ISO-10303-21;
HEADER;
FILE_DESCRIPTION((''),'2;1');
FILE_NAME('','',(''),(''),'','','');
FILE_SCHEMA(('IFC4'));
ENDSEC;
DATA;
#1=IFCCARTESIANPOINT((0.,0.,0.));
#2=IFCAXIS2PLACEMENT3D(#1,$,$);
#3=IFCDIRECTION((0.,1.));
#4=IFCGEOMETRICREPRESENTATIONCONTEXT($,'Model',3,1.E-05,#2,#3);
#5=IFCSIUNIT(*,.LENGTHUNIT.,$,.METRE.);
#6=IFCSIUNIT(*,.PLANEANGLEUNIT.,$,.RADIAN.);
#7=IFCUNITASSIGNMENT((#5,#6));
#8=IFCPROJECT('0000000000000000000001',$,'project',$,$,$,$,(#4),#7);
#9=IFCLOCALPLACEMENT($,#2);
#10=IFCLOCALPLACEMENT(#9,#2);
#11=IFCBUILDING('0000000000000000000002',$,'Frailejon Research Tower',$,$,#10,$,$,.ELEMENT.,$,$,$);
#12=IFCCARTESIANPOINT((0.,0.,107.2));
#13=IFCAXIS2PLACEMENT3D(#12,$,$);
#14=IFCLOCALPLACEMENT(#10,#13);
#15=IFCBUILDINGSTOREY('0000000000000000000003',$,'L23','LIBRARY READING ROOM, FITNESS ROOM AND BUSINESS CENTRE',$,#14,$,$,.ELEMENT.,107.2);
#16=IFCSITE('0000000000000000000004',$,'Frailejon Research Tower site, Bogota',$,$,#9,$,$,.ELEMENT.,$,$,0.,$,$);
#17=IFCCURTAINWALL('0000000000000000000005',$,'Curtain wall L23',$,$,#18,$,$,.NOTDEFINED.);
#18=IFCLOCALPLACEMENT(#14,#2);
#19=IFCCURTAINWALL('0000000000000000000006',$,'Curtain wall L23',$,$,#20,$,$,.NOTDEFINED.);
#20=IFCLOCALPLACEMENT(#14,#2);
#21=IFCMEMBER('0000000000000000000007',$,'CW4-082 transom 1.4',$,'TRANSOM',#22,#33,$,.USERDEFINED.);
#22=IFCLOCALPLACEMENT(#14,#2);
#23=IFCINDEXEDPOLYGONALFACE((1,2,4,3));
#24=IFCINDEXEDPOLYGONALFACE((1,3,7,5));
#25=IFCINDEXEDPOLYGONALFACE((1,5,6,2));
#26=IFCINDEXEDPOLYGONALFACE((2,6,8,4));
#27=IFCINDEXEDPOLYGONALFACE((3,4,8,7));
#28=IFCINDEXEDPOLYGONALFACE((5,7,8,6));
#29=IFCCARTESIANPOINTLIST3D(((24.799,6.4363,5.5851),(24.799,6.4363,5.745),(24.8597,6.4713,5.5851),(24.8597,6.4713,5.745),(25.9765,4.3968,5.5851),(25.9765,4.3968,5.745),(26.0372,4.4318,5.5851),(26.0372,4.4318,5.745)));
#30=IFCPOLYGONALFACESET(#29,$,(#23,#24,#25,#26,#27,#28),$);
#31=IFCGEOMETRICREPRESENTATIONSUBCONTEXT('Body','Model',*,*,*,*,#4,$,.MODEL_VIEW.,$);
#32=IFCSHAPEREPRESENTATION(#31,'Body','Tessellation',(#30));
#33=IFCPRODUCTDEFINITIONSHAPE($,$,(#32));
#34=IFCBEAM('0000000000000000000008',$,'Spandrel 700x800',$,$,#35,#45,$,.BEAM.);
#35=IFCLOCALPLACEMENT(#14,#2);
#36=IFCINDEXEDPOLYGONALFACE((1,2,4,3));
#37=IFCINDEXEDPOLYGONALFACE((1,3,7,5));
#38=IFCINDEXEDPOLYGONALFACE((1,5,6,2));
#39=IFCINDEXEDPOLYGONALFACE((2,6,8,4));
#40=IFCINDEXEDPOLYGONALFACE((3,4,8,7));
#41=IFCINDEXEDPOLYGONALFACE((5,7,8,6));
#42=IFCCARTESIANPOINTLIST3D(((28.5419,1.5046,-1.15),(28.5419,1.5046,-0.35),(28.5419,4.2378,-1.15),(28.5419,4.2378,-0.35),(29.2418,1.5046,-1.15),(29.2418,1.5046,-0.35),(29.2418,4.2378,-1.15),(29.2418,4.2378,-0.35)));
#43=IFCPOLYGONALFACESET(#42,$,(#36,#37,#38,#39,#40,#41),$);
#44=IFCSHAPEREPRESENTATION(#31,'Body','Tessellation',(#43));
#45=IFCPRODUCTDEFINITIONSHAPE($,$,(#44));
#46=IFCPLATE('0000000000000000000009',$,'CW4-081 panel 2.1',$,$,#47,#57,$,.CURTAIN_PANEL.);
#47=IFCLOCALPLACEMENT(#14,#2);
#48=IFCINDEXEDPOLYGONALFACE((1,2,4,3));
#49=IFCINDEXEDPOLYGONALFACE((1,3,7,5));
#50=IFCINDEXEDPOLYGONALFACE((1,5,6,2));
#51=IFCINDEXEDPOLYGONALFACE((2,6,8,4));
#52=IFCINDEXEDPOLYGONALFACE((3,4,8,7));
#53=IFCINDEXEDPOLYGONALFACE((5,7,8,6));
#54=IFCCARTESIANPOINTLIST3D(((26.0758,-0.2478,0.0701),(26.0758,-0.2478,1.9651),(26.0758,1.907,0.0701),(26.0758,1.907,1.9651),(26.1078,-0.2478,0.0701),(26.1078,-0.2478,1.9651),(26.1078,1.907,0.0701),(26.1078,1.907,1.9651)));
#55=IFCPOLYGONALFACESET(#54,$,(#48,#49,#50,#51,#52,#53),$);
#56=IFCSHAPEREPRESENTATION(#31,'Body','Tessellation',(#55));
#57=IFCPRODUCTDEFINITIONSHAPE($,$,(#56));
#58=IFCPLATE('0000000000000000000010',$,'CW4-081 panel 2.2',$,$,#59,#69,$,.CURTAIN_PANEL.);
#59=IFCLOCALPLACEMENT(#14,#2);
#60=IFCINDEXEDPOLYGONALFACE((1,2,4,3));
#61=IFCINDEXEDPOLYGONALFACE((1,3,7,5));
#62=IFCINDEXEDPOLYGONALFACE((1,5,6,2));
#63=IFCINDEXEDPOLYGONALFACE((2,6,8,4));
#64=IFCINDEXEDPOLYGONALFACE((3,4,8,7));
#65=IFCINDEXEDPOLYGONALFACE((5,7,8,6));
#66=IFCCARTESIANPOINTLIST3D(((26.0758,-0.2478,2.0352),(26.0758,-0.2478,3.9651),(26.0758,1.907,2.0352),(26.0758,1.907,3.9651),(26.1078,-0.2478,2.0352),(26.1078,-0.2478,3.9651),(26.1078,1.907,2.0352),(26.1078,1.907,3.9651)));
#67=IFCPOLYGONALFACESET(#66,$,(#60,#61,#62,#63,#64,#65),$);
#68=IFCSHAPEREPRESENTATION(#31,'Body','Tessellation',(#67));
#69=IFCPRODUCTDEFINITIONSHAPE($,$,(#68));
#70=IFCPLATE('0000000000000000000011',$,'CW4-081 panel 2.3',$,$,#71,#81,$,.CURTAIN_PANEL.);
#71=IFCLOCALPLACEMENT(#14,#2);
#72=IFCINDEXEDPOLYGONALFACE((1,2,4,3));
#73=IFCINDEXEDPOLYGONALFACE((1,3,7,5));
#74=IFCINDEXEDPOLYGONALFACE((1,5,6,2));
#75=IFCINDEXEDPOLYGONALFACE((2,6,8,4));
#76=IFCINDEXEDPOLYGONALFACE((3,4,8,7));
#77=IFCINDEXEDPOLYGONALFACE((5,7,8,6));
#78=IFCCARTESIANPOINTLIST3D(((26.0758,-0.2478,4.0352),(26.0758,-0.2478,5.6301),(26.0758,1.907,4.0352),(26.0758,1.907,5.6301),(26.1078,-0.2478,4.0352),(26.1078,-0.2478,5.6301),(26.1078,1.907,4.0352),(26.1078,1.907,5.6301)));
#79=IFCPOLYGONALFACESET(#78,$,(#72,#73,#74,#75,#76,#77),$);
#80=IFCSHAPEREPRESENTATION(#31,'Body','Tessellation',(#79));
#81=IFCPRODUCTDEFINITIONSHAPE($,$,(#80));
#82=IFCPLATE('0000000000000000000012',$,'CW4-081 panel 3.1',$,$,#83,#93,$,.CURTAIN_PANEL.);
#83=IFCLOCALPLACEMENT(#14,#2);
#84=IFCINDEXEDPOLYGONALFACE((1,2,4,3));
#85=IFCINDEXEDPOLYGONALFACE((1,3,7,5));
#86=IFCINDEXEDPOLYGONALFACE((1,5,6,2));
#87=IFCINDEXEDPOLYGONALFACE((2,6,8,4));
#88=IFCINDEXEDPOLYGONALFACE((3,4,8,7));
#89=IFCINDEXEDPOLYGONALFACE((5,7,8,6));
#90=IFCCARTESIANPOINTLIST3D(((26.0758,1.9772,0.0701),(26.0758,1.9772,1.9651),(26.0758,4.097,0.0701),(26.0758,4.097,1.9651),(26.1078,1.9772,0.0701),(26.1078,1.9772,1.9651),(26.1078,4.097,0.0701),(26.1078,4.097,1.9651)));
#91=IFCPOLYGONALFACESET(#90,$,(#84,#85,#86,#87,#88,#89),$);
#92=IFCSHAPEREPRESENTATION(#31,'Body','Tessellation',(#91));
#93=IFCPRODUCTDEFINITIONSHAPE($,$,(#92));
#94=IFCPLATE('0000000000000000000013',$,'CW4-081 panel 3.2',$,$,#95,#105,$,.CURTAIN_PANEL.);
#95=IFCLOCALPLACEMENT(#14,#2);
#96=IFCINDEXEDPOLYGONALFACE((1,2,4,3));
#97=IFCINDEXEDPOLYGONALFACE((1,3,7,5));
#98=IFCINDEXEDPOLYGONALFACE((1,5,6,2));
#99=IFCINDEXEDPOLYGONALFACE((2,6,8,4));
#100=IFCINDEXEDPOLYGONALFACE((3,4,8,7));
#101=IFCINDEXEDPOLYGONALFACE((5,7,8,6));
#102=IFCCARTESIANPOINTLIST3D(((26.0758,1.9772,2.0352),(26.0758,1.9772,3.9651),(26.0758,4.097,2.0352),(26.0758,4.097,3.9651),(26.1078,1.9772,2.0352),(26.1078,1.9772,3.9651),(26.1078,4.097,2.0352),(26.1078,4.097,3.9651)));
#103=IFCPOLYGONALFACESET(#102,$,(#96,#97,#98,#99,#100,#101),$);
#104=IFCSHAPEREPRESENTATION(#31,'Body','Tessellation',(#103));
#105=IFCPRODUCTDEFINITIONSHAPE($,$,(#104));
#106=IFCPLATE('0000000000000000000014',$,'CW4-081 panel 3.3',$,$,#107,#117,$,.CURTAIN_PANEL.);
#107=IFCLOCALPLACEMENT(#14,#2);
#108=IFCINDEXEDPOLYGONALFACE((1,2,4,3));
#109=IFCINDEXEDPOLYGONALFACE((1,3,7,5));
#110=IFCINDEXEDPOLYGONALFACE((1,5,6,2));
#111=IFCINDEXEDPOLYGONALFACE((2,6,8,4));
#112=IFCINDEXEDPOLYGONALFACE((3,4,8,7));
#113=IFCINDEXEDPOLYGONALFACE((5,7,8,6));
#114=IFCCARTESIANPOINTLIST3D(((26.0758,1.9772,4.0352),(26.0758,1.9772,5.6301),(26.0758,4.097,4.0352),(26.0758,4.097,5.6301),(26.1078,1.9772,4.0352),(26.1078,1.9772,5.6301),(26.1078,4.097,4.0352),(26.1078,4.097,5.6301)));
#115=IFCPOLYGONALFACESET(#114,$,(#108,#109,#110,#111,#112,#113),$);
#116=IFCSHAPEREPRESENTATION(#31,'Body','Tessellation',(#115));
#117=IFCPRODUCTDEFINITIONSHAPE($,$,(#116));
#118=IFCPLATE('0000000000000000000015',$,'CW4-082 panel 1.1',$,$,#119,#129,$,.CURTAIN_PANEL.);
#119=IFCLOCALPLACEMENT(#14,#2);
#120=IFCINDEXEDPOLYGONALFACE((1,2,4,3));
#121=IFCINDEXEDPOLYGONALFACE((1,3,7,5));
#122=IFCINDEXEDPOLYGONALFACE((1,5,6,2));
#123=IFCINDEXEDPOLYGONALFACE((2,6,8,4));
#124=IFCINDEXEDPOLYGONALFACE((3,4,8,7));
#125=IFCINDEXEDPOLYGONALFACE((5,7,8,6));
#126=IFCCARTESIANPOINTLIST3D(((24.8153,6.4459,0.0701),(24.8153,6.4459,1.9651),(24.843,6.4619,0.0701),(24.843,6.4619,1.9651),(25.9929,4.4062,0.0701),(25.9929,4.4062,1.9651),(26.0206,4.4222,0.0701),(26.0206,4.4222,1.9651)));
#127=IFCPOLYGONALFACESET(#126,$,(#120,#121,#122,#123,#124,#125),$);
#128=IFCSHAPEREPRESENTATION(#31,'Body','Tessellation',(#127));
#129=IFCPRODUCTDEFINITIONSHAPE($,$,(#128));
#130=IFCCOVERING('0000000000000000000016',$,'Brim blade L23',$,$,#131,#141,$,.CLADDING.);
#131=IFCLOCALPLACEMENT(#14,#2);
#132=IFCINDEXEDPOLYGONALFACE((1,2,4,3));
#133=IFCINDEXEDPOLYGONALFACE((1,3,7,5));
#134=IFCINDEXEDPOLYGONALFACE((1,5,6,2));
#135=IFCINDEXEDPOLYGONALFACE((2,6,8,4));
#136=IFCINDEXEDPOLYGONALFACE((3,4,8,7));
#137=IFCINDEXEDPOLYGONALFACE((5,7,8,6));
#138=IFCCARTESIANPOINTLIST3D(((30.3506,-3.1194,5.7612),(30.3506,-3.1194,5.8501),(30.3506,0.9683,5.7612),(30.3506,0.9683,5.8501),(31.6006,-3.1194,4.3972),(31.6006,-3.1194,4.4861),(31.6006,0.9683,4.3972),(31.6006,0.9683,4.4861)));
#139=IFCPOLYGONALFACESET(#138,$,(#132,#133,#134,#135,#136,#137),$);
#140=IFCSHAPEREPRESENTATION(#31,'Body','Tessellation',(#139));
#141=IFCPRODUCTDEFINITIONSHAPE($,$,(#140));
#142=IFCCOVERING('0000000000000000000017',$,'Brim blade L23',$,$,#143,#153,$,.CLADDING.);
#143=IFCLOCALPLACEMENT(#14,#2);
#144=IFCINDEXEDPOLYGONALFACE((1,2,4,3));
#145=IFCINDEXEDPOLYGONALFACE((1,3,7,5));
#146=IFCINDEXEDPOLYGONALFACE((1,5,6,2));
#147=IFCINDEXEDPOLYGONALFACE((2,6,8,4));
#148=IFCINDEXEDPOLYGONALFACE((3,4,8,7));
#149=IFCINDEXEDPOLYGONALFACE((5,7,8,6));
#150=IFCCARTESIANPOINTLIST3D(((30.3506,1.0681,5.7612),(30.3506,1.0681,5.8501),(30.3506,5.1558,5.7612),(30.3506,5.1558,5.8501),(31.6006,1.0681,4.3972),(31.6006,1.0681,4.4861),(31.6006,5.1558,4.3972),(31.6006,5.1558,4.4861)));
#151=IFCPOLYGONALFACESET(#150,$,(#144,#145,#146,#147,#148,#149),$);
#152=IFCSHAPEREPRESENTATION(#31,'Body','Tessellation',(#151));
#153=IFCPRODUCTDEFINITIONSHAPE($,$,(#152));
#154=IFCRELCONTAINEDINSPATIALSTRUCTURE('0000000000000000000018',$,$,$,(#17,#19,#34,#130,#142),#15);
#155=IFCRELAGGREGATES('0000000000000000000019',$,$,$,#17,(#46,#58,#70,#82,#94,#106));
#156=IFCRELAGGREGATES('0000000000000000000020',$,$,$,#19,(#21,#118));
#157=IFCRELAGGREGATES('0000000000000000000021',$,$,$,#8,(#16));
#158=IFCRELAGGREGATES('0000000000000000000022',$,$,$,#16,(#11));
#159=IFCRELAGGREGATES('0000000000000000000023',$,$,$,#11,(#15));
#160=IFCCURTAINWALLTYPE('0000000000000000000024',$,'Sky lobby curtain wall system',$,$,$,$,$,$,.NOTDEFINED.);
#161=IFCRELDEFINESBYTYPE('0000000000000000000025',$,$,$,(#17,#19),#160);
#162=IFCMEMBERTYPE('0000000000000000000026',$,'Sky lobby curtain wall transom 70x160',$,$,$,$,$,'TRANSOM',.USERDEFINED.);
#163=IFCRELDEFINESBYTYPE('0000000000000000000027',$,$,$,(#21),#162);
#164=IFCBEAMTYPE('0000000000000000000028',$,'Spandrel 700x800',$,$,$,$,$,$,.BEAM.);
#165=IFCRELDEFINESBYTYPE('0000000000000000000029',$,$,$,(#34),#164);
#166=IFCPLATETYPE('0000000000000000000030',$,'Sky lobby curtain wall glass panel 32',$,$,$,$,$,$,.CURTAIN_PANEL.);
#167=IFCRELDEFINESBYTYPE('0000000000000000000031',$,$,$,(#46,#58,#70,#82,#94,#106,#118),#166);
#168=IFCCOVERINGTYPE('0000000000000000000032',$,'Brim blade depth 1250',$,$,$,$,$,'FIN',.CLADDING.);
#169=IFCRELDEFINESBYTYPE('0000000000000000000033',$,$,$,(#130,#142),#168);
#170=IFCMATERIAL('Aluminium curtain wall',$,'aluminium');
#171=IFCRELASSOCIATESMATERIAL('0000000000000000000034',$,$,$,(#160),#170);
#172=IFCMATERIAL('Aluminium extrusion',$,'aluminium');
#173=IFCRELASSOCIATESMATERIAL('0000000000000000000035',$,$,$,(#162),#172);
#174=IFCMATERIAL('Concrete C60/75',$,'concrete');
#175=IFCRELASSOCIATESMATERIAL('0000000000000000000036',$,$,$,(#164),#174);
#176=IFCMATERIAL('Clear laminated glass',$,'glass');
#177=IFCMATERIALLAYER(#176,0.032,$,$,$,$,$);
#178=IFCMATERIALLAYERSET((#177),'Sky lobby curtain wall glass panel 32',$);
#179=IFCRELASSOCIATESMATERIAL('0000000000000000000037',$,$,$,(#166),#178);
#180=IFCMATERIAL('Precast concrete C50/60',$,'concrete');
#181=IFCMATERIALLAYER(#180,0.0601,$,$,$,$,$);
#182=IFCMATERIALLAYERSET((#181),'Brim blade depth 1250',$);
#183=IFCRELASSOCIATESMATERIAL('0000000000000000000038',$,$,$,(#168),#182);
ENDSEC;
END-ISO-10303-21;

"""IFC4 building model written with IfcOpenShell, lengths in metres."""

from ifc_helpers import new_model, si_unit, direction, frame, origin, origin_2d, place, context, subcontext, project, spatial, polyline, rectangle, outline, extrude, material, layer, layer_set, material_profile, profile_set, type_object, element, aggregate, save


model = new_model("IFC4")

# Units and contexts
model_context = context("Model", 3, precision=1e-05, world=origin(), true_north=direction((0.0, 1.0)))
body_context = subcontext(model_context, "Body", "Model", "MODEL_VIEW")
ifc_project = project(units=[si_unit("LENGTHUNIT", "METRE"), si_unit("PLANEANGLEUNIT", "RADIAN")], contexts=[model_context])

# Site, building, storey
site_placement = place(None, origin())
site = spatial("IfcSite", under=ifc_project, at=site_placement, Name="Frailejon Research Tower site, Bogota", CompositionType="ELEMENT", RefElevation=0.0)
building_placement = place(site_placement, origin())
building = spatial("IfcBuilding", under=site, at=building_placement, Name="Frailejon Research Tower", CompositionType="ELEMENT")
storey_placement = place(building_placement, frame((0.0, 0.0, 107.2)))
storey = spatial("IfcBuildingStorey", under=building, at=storey_placement, Name="L23", Description="LIBRARY READING ROOM, FITNESS ROOM AND BUSINESS CENTRE", CompositionType="ELEMENT", Elevation=107.2)

# Curtain wall
ifc_material_1 = material(Name="Aluminium curtain wall", Category="aluminium")
curtain_wall_type = type_object("IfcCurtainWallType", Name="Sky lobby curtain wall system", PredefinedType="NOTDEFINED", material=ifc_material_1)
curtain_wall_1_placement = place(storey_placement, origin())
curtain_wall_1 = element("IfcCurtainWall", 1, at=curtain_wall_1_placement, inside=storey, type_object=curtain_wall_type, Name="Curtain wall L23", PredefinedType="NOTDEFINED")

# Curtain wall
curtain_wall_2_placement = place(storey_placement, origin())
curtain_wall_2 = element("IfcCurtainWall", 2, at=curtain_wall_2_placement, inside=storey, type_object=curtain_wall_type, Name="Curtain wall L23", PredefinedType="NOTDEFINED")

# Member
ifc_material_2 = material(Name="Aluminium extrusion", Category="aluminium")
ifc_material_profile_1 = material_profile(ifc_material_2, rectangle(XDim=0.0701, YDim=0.1599, at=origin_2d()), Name="Sky lobby curtain wall transom 70x160")
ifc_profile_set_1 = profile_set([ifc_material_profile_1], Name="Aluminium extrusion")
member_type_1 = type_object("IfcMemberType", Name="Sky lobby curtain wall transom 70x160", ElementType="TRANSOM", PredefinedType="USERDEFINED", material=ifc_profile_set_1)
member_1_placement = place(storey_placement, frame((26.0068, 4.4143, 5.665), z_axis=(-0.499986, 0.866034, 0.0), x_axis=(-0.866034, -0.499986, 0.0)))
member_1 = element("IfcMember", 3, at=member_1_placement, type_object=member_type_1, Name="CW4-082 transom 1.4", ObjectType="TRANSOM", PredefinedType="USERDEFINED", context=body_context, shape_type="SweptSolid", body=[
    extrude(rectangle(XDim=0.0701, YDim=0.1599, at=origin_2d()), origin(), (0.0, 0.0, 1.0), 2.355),
])

# Beam
ifc_material_3 = material(Name="Concrete C60/75", Category="concrete")
ifc_material_profile_2 = material_profile(ifc_material_3, rectangle(XDim=0.7, YDim=0.8, at=origin_2d()), Name="Spandrel 700x800")
ifc_profile_set_2 = profile_set([ifc_material_profile_2], Name="Concrete C60/75")
beam_type_1 = type_object("IfcBeamType", Name="Spandrel 700x800", PredefinedType="BEAM", material=ifc_profile_set_2)
beam_1_placement = place(storey_placement, frame((28.8918, 1.5046, -0.75), z_axis=(0.0, 1.0, 0.0), x_axis=(-1.0, 0.0, 0.0)))
element("IfcBeam", 4, at=beam_1_placement, inside=storey, type_object=beam_type_1, Name="Spandrel 700x800", PredefinedType="BEAM", context=body_context, shape_type="SweptSolid", body=[
    extrude(rectangle(XDim=0.7, YDim=0.8, at=origin_2d()), origin(), (0.0, 0.0, 1.0), 2.7332),
])

# Plates
ifc_material_4 = material(Name="Clear laminated glass", Category="glass")
ifc_layer_1 = layer(ifc_material_4, 0.032)
ifc_layer_set_1 = layer_set([ifc_layer_1], Name="Sky lobby curtain wall glass panel 32")
plate_type = type_object("IfcPlateType", Name="Sky lobby curtain wall glass panel 32", PredefinedType="CURTAIN_PANEL", material=ifc_layer_set_1)
plate_1_placement = place(storey_placement, frame((26.0918, 0.8296, 0.0701), z_axis=(0.0, 0.0, 1.0), x_axis=(0.0, 1.0, 0.0)))
plate_1 = element("IfcPlate", 5, at=plate_1_placement, type_object=plate_type, Name="CW4-081 panel 2.1", PredefinedType="CURTAIN_PANEL", context=body_context, shape_type="SweptSolid", body=[
    extrude(rectangle(XDim=2.1548, YDim=0.032, at=origin_2d()), origin(), (0.0, 0.0, 1.0), 1.895),
])
plate_2_placement = place(storey_placement, frame((26.0918, 0.8296, 2.0352), z_axis=(0.0, 0.0, 1.0), x_axis=(0.0, 1.0, 0.0)))
plate_2 = element("IfcPlate", 6, at=plate_2_placement, type_object=plate_type, Name="CW4-081 panel 2.2", PredefinedType="CURTAIN_PANEL", context=body_context, shape_type="SweptSolid", body=[
    extrude(rectangle(XDim=2.1548, YDim=0.032, at=origin_2d()), origin(), (0.0, 0.0, 1.0), 1.9299),
])
plate_3_placement = place(storey_placement, frame((26.0918, 0.8296, 4.0352), z_axis=(0.0, 0.0, 1.0), x_axis=(0.0, 1.0, 0.0)))
plate_3 = element("IfcPlate", 7, at=plate_3_placement, type_object=plate_type, Name="CW4-081 panel 2.3", PredefinedType="CURTAIN_PANEL", context=body_context, shape_type="SweptSolid", body=[
    extrude(rectangle(XDim=2.1548, YDim=0.032, at=origin_2d()), origin(), (0.0, 0.0, 1.0), 1.595),
])
plate_4_placement = place(storey_placement, frame((26.0918, 3.0371, 0.0701), z_axis=(0.0, 0.0, 1.0), x_axis=(0.0, 1.0, 0.0)))
plate_4 = element("IfcPlate", 8, at=plate_4_placement, type_object=plate_type, Name="CW4-081 panel 3.1", PredefinedType="CURTAIN_PANEL", context=body_context, shape_type="SweptSolid", body=[
    extrude(rectangle(XDim=2.1199, YDim=0.032, at=origin_2d()), origin(), (0.0, 0.0, 1.0), 1.895),
])
plate_5_placement = place(storey_placement, frame((26.0918, 3.0371, 2.0352), z_axis=(0.0, 0.0, 1.0), x_axis=(0.0, 1.0, 0.0)))
plate_5 = element("IfcPlate", 9, at=plate_5_placement, type_object=plate_type, Name="CW4-081 panel 3.2", PredefinedType="CURTAIN_PANEL", context=body_context, shape_type="SweptSolid", body=[
    extrude(rectangle(XDim=2.1199, YDim=0.032, at=origin_2d()), origin(), (0.0, 0.0, 1.0), 1.9299),
])
plate_6_placement = place(storey_placement, frame((26.0918, 3.0371, 4.0352), z_axis=(0.0, 0.0, 1.0), x_axis=(0.0, 1.0, 0.0)))
plate_6 = element("IfcPlate", 10, at=plate_6_placement, type_object=plate_type, Name="CW4-081 panel 3.3", PredefinedType="CURTAIN_PANEL", context=body_context, shape_type="SweptSolid", body=[
    extrude(rectangle(XDim=2.1199, YDim=0.032, at=origin_2d()), origin(), (0.0, 0.0, 1.0), 1.595),
])
aggregate(curtain_wall_1, [plate_1, plate_2, plate_3, plate_4, plate_5, plate_6])
plate_7_placement = place(storey_placement, frame((25.418, 5.4341, 0.0701), z_axis=(0.0, 0.0, 1.0), x_axis=(-0.499995, 0.866028, 0.0)))
plate_7 = element("IfcPlate", 11, at=plate_7_placement, type_object=plate_type, Name="CW4-082 panel 1.1", PredefinedType="CURTAIN_PANEL", context=body_context, shape_type="SweptSolid", body=[
    extrude(rectangle(XDim=2.3552, YDim=0.032, at=origin_2d()), origin(), (0.0, 0.0, 1.0), 1.895),
])
aggregate(curtain_wall_2, [member_1, plate_7])

# Coverings
ifc_material_5 = material(Name="Precast concrete C50/60", Category="concrete")
ifc_layer_2 = layer(ifc_material_5, 0.0601)
ifc_layer_set_2 = layer_set([ifc_layer_2], Name="Brim blade depth 1250")
covering_type = type_object("IfcCoveringType", Name="Brim blade depth 1250", ElementType="FIN", PredefinedType="CLADDING", material=ifc_layer_set_2)
for number, where, z_axis, x_axis, name in (
    (12, (30.3506, 0.9683, 5.8501), (0.0, -1.0, 0.0), (1.0, 0.0, 0.0), "Brim blade L23"),
    (13, (30.3506, 5.1558, 5.8501), (0.0, -1.0, 0.0), (1.0, 0.0, 0.0), "Brim blade L23"),
):
    element("IfcCovering", number, at=place(storey_placement, frame(where, z_axis=z_axis, x_axis=x_axis)), inside=storey, type_object=covering_type, Name=name, PredefinedType="CLADDING", context=body_context, shape_type="SweptSolid", body=[
        extrude(outline(polyline([(0.0, -0.0889), (1.25, -1.4529), (1.25, -1.364), (0.0, 0.0), (0.0, -0.0889)])), origin(), (0.0, 0.0, 1.0), 4.0876),
    ])

save(model, "model.ifc")
